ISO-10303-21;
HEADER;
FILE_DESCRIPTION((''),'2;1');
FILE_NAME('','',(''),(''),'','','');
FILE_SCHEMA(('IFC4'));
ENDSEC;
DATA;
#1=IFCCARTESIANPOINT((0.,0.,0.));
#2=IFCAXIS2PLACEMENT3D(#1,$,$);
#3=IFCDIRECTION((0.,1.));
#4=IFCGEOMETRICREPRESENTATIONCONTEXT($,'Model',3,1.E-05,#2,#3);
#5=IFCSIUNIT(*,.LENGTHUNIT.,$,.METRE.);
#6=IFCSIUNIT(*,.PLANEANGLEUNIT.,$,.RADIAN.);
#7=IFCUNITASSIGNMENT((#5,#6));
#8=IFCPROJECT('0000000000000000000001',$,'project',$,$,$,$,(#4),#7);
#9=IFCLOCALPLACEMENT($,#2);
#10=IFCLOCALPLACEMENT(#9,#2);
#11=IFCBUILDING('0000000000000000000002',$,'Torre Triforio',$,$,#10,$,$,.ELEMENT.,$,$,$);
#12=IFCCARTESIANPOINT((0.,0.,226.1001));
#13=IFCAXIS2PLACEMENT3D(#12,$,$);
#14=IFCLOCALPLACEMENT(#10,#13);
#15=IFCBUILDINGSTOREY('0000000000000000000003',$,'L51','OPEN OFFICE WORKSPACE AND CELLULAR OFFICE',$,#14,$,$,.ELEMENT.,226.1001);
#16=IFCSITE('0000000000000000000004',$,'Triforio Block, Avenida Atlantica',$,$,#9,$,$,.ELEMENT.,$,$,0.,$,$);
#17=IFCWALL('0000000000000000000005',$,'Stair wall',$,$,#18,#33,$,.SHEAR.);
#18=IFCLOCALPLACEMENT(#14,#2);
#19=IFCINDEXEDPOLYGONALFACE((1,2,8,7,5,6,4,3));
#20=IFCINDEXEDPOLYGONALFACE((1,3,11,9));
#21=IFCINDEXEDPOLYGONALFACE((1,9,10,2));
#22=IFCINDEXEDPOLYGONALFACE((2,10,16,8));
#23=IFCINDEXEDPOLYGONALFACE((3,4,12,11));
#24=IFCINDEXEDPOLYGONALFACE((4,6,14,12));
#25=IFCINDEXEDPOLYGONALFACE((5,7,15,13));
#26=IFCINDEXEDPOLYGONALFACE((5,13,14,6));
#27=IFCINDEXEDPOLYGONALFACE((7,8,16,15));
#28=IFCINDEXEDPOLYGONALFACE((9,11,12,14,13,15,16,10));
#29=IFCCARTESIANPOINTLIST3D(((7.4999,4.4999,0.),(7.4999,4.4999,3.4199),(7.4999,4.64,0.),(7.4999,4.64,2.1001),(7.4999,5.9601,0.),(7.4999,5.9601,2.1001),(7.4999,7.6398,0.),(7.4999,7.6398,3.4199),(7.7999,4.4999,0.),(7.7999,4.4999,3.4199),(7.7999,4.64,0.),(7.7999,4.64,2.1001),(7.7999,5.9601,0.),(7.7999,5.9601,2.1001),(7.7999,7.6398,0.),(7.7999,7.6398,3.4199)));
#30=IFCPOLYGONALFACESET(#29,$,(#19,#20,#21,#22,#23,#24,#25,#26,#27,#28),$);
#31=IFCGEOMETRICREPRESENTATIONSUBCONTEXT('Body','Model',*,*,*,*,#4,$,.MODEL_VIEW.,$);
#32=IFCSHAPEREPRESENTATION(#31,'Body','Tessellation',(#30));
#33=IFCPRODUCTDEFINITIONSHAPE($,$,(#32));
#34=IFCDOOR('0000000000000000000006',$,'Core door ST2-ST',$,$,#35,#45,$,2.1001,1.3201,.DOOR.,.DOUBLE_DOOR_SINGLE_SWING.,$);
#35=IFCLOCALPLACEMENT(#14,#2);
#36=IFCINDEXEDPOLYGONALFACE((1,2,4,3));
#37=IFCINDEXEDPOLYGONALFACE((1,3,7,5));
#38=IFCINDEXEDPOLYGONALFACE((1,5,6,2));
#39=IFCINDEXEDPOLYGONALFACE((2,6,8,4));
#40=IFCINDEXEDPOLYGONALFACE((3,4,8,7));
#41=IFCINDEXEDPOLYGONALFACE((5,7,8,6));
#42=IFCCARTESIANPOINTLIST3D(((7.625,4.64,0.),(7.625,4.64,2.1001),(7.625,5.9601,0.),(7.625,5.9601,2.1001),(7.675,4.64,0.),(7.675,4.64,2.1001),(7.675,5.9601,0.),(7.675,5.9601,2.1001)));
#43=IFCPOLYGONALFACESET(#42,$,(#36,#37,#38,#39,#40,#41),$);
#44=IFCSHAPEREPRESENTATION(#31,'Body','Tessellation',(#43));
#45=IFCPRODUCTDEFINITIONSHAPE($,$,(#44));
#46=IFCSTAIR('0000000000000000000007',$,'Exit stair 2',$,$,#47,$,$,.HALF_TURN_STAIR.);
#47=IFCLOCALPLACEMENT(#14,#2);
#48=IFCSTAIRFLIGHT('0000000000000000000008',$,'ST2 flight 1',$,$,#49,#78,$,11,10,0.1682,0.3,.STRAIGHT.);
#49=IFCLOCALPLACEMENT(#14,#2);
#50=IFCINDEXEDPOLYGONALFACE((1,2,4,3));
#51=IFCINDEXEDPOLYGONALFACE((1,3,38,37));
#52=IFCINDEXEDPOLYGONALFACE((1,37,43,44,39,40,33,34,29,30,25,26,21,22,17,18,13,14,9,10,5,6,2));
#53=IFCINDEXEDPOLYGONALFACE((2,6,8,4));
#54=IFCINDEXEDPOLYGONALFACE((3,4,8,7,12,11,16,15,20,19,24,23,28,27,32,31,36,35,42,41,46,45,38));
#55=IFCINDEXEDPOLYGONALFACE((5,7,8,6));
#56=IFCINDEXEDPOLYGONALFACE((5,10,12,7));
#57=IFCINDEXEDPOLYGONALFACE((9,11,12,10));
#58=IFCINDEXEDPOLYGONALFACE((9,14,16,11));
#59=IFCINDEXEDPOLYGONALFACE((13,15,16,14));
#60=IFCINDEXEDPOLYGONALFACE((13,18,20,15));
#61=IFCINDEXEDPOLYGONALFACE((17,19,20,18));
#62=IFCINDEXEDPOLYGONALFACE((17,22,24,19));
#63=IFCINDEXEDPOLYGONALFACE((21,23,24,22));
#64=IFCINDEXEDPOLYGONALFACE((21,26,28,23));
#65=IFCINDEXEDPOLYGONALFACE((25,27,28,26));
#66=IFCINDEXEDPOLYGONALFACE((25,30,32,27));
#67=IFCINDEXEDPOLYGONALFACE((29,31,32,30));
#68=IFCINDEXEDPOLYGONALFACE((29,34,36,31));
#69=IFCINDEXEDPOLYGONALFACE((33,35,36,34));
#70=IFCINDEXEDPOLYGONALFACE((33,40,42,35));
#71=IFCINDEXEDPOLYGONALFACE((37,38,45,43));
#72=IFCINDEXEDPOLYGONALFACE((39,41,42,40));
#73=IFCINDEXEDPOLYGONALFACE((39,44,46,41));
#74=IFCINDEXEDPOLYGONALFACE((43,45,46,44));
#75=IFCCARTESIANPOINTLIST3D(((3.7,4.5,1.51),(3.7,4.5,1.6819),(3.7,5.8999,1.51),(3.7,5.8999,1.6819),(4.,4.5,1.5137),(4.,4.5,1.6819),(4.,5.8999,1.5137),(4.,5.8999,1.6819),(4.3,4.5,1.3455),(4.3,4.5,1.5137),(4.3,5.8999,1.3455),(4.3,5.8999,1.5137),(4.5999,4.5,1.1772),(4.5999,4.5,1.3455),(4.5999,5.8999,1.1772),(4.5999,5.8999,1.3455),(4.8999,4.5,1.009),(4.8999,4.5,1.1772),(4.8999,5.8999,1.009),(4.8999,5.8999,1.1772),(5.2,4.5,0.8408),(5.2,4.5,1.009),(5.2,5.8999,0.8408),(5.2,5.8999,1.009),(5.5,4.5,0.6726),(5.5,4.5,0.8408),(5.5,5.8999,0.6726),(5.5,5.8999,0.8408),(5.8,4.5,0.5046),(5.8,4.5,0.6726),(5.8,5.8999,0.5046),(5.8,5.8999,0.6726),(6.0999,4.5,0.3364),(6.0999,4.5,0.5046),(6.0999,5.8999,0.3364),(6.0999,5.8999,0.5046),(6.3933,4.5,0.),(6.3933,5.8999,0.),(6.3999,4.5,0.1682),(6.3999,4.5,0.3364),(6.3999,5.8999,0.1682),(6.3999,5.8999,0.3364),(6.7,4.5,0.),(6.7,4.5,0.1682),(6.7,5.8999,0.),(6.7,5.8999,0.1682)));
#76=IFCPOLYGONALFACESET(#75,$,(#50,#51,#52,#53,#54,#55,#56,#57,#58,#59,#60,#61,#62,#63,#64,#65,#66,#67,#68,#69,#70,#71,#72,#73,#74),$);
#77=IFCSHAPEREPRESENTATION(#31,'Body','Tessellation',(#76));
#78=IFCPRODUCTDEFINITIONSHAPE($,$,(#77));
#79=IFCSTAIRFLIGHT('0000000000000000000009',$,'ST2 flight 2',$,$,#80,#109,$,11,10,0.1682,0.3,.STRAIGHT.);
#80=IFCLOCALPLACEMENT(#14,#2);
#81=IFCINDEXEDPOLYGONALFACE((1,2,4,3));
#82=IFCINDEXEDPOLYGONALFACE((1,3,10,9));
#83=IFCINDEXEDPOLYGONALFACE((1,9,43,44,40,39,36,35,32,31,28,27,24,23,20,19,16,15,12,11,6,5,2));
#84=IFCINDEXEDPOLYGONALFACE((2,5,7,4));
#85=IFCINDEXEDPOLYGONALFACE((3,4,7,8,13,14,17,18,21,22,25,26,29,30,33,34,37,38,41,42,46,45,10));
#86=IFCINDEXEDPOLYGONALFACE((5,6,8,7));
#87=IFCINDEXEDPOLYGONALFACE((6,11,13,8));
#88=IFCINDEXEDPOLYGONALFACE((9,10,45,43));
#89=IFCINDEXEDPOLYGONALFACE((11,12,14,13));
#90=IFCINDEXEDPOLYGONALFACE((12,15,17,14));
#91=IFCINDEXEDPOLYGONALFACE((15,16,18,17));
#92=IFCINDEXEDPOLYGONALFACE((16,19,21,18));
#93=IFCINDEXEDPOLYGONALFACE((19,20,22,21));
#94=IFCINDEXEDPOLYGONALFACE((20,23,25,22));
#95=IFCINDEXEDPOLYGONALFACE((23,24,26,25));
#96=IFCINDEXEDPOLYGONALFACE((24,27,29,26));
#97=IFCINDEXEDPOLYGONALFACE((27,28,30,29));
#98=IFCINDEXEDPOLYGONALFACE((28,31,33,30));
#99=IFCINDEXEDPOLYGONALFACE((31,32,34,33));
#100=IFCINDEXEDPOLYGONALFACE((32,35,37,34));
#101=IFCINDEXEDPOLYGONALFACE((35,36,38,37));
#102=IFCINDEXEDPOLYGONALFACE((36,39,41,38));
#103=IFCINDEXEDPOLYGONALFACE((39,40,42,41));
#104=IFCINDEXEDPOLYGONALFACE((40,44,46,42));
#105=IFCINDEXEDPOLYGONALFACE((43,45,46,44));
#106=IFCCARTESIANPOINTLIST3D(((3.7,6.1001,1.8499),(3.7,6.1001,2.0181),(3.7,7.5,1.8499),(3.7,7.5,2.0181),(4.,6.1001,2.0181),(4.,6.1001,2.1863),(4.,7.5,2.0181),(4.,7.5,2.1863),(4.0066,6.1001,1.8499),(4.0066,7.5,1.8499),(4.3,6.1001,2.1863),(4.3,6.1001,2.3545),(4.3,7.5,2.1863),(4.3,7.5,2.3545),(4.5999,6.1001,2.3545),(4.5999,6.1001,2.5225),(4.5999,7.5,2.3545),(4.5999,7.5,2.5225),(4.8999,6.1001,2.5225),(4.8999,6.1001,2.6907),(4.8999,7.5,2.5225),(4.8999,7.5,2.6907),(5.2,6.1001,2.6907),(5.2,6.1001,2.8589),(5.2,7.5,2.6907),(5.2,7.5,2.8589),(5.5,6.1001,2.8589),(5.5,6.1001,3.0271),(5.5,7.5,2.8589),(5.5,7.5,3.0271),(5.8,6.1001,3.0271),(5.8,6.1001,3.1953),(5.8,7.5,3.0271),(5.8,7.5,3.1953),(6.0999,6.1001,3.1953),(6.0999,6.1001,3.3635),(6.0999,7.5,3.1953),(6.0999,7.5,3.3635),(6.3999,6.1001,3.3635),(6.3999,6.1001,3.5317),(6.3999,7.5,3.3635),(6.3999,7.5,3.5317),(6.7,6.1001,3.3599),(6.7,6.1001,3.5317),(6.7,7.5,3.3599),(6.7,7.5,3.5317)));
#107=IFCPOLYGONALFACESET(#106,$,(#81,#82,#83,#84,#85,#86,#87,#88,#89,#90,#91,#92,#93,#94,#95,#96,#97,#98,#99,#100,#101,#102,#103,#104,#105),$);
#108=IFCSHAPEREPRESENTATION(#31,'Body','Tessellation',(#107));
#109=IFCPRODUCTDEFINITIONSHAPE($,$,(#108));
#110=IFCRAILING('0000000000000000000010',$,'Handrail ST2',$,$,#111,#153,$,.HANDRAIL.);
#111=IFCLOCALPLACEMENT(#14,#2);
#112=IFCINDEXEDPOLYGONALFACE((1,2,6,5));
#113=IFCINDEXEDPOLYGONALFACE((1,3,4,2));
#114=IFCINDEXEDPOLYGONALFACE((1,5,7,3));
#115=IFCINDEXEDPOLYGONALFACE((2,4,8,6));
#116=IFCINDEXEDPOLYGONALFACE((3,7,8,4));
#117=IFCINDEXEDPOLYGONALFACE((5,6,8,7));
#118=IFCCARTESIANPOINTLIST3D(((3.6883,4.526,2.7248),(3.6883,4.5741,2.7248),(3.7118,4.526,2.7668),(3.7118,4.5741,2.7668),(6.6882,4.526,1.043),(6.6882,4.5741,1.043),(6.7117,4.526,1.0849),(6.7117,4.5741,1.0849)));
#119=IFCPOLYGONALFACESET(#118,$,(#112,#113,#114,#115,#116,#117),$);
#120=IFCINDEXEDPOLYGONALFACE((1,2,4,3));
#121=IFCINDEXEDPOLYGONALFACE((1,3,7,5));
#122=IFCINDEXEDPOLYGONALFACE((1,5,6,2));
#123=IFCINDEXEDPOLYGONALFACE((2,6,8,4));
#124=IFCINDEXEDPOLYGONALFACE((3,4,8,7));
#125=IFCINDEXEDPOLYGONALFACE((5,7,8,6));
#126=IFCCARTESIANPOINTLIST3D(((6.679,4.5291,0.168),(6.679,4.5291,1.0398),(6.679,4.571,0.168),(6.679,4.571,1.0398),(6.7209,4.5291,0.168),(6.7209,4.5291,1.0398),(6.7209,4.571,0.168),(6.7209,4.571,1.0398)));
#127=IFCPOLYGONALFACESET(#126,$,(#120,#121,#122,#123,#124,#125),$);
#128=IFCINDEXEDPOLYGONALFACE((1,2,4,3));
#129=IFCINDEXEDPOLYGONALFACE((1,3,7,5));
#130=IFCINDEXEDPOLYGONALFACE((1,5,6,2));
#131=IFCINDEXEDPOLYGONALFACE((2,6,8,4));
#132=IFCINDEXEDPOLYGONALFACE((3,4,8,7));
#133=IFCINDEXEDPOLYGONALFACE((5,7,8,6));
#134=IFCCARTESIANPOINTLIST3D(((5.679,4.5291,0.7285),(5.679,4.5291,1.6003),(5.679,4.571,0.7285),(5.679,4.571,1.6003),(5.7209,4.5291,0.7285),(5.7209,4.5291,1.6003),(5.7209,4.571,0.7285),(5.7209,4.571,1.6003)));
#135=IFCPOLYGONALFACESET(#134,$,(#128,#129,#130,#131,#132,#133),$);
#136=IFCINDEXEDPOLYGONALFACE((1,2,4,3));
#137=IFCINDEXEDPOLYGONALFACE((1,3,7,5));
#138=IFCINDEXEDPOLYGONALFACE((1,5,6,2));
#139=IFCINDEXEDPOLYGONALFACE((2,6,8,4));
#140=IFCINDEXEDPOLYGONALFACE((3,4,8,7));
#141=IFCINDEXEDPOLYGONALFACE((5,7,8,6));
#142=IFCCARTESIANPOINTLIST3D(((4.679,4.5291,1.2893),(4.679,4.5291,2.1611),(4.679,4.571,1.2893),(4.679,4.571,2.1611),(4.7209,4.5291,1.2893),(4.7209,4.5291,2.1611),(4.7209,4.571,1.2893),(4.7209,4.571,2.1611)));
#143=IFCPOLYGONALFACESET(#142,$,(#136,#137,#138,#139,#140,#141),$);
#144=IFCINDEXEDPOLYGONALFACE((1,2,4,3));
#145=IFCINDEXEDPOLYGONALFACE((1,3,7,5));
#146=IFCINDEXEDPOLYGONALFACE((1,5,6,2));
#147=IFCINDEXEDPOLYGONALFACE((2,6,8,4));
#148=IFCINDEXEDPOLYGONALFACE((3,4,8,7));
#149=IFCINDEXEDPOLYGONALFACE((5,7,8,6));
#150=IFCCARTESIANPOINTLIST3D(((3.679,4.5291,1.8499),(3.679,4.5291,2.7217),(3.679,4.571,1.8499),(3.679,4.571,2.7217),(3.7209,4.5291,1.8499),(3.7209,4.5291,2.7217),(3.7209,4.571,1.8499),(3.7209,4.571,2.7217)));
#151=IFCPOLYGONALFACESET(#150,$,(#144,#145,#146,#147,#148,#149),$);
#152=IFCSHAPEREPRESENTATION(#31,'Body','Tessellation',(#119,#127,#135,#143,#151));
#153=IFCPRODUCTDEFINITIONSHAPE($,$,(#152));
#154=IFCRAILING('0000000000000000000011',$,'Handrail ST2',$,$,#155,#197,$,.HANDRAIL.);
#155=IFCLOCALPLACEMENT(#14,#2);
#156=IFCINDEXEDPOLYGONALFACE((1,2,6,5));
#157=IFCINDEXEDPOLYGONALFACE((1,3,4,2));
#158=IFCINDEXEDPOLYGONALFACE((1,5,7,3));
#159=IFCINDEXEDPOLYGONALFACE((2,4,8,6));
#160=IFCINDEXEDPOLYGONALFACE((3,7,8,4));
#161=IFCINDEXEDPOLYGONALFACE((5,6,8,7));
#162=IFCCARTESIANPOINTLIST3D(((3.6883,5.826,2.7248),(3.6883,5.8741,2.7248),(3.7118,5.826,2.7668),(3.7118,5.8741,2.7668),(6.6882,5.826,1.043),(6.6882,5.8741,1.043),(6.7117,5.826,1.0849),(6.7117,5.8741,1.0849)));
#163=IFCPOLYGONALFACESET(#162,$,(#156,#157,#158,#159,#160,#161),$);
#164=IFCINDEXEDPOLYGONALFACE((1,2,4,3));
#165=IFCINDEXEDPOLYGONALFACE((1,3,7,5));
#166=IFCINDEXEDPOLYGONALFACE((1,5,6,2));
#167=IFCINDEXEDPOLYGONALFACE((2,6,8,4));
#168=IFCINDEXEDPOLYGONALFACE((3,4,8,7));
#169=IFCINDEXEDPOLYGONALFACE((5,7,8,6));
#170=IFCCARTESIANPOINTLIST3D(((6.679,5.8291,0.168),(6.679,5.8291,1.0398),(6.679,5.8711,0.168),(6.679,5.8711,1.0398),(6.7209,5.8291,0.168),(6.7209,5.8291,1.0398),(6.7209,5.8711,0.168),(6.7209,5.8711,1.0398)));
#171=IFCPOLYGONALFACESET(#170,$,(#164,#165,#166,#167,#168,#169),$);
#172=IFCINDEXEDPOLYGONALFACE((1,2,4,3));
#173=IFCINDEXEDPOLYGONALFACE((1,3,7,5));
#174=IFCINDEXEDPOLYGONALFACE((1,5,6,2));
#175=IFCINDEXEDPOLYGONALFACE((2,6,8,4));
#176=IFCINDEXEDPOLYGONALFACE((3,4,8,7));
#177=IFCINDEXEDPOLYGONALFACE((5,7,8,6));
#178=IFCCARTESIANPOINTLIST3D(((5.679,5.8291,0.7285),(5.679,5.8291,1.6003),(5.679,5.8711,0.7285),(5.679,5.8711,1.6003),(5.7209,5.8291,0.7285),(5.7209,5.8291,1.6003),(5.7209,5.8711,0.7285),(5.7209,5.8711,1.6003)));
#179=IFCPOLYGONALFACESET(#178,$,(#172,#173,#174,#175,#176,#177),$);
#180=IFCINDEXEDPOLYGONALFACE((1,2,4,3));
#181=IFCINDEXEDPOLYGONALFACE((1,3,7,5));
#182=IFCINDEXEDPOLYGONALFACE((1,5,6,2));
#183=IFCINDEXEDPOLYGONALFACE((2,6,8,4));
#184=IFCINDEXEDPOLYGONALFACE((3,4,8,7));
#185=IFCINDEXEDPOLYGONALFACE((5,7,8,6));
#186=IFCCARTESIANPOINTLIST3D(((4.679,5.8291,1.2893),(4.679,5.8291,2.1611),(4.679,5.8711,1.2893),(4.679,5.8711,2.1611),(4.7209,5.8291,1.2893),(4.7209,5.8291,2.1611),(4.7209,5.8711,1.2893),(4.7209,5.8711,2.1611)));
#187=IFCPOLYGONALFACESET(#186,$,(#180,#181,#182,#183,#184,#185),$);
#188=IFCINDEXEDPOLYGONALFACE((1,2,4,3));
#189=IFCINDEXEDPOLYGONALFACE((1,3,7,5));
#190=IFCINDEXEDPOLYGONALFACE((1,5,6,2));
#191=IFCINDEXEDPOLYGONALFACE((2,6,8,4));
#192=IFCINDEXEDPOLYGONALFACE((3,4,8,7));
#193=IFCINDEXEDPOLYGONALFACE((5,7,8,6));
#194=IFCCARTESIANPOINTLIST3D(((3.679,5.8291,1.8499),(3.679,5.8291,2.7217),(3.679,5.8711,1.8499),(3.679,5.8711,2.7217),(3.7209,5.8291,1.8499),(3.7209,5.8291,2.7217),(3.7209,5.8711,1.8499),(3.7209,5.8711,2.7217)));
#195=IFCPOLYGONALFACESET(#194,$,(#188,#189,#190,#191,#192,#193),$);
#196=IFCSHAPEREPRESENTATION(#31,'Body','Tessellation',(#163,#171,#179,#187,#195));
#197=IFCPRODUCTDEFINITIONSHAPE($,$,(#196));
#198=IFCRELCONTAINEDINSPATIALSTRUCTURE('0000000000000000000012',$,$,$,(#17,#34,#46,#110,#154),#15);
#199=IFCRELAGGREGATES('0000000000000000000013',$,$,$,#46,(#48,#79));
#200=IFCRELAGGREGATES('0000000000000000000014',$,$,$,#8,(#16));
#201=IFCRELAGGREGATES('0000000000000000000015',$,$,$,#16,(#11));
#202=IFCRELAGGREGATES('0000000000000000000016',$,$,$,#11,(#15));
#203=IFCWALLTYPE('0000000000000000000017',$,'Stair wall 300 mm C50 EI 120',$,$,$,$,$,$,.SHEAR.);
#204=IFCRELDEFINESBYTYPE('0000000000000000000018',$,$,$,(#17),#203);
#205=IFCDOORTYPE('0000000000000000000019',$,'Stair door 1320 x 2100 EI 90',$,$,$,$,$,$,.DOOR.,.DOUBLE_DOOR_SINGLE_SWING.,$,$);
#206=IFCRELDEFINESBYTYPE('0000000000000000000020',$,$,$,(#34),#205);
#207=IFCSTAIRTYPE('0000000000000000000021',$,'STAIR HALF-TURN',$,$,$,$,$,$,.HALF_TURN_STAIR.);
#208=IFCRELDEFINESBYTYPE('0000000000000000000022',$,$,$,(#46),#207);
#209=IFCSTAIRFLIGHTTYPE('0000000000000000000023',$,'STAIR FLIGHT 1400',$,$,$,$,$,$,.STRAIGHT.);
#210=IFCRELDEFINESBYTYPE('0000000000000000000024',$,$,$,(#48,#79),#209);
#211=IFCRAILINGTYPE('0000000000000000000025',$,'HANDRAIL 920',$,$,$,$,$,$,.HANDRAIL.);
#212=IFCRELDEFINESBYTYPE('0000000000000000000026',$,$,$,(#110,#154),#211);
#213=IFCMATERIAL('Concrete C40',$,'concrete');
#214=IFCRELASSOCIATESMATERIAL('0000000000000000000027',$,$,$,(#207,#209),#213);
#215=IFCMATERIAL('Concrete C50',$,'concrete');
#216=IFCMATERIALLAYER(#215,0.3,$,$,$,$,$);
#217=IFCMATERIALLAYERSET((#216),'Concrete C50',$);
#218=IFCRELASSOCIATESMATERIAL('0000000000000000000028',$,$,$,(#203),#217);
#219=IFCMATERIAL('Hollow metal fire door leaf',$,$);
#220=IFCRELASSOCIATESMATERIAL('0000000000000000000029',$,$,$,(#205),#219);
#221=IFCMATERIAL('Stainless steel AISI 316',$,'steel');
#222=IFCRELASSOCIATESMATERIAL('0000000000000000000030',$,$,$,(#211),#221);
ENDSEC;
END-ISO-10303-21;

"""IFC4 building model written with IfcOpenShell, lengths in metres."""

from ifc_helpers import new_model, si_unit, direction, frame, frame_2d, origin, origin_2d, place, context, subcontext, project, spatial, polyline, rectangle, outline, extrude, material, layer, layer_set, type_object, element, fill, aggregate, save


model = new_model("IFC4")

# Units and contexts
model_context = context("Model", 3, precision=1e-05, world=origin(), true_north=direction((0.0, 1.0)))
body_context = subcontext(model_context, "Body", "Model", "MODEL_VIEW")
ifc_project = project(units=[si_unit("LENGTHUNIT", "METRE"), si_unit("PLANEANGLEUNIT", "RADIAN")], contexts=[model_context])

# Site, building, storey
site_placement = place(None, origin())
site = spatial("IfcSite", under=ifc_project, at=site_placement, Name="Triforio Block, Avenida Atlantica", CompositionType="ELEMENT", RefElevation=0.0)
building_placement = place(site_placement, origin())
building = spatial("IfcBuilding", under=site, at=building_placement, Name="Torre Triforio", CompositionType="ELEMENT")
storey_placement = place(building_placement, frame((0.0, 0.0, 226.1001)))
storey = spatial("IfcBuildingStorey", under=building, at=storey_placement, Name="L51", Description="OPEN OFFICE WORKSPACE AND CELLULAR OFFICE", CompositionType="ELEMENT", Elevation=226.1001)

# Shared definitions
ifc_material_1 = material(Name="Concrete C40", Category="concrete")
stair_type = type_object("IfcStairType", Name="STAIR HALF-TURN", PredefinedType="HALF_TURN_STAIR", material=ifc_material_1)

# Shared definitions
ifc_material_2 = material(Name="Concrete C50", Category="concrete")

# Shared definitions
ifc_material_3 = material(Name="Hollow metal fire door leaf")

# Wall, opening, door
ifc_layer_1 = layer(ifc_material_2, 0.3)
ifc_layer_set_1 = layer_set([ifc_layer_1], Name="Concrete C50")
wall_type_1 = type_object("IfcWallType", Name="Stair wall 300 mm C50 EI 120", PredefinedType="SHEAR", material=ifc_layer_set_1)
wall_1_placement = place(storey_placement, frame((7.6499, 4.5, 0.0), z_axis=(0.0, 0.0, 1.0), x_axis=(0.0, 1.0, 0.0)))
wall_1 = element("IfcWall", 1, at=wall_1_placement, inside=storey, type_object=wall_type_1, Name="Stair wall", PredefinedType="SHEAR", context=body_context, shape_type="SweptSolid", body=[
    extrude(rectangle(XDim=3.1399, YDim=0.3, at=frame_2d((1.5698, 0.0))), origin(), (0.0, 0.0, 1.0), 3.4199),
])
opening_1_placement = place(wall_1_placement, frame((0.1399, 0.0, 0.0)))
opening_1 = element("IfcOpeningElement", 2, at=opening_1_placement, cuts=wall_1, PredefinedType="OPENING", context=body_context, shape_type="SweptSolid", body=[
    extrude(rectangle(XDim=1.3201, YDim=2.1001, at=frame_2d((0.6602, 1.05))), frame((0.0, 0.1599, 0.0), z_axis=(0.0, -1.0, 0.0), x_axis=(1.0, 0.0, 0.0)), (0.0, 0.0, 1.0), 0.3201),
])
door_type_1 = type_object("IfcDoorType", Name="Stair door 1320 x 2100 EI 90", OperationType="DOUBLE_DOOR_SINGLE_SWING", PredefinedType="DOOR", material=ifc_material_3)
door_1_placement = place(opening_1_placement, origin())
door_1 = element("IfcDoor", 3, at=door_1_placement, inside=storey, type_object=door_type_1, Name="Core door ST2-ST", OperationType="DOUBLE_DOOR_SINGLE_SWING", OverallHeight=2.1001, OverallWidth=1.3201, PredefinedType="DOOR", context=body_context, shape_type="SweptSolid", body=[
    extrude(rectangle(XDim=1.3201, YDim=2.1001, at=frame_2d((0.6602, 1.05))), frame((0.0, 0.0249, 0.0), z_axis=(0.0, -1.0, 0.0), x_axis=(1.0, 0.0, 0.0)), (0.0, 0.0, 1.0), 0.05),
])
fill(opening_1, door_1)

# Stair, stair flights
stair_1_placement = place(storey_placement, origin())
stair_1 = element("IfcStair", 4, at=stair_1_placement, inside=storey, type_object=stair_type, Name="Exit stair 2", PredefinedType="HALF_TURN_STAIR")
stair_flight_type = type_object("IfcStairFlightType", Name="STAIR FLIGHT 1400", PredefinedType="STRAIGHT", material=ifc_material_1)
stair_flight_1_placement = place(storey_placement, frame((6.7, 5.2, 0.0), z_axis=(0.0, 0.0, 1.0), x_axis=(-1.0, 0.0, 0.0)))
stair_flight_1 = element("IfcStairFlight", 5, at=stair_flight_1_placement, type_object=stair_flight_type, Name="ST2 flight 1", NumberOfRisers=11, NumberOfTreads=10, PredefinedType="STRAIGHT", RiserHeight=0.1682, TreadLength=0.3, context=body_context, shape_type="SweptSolid", body=[
    extrude(outline(polyline([(0.0, 0.0), (0.0, 0.1682), (0.3, 0.1682), (0.3, 0.3364), (0.6001, 0.3364), (0.6001, 0.5046), (0.8999, 0.5046), (0.8999, 0.6726), (1.2, 0.6726), (1.2, 0.8408), (1.5, 0.8408), (1.5, 1.009), (1.8, 1.009), (1.8, 1.1772), (2.1001, 1.1772), (2.1001, 1.3455), (2.3999, 1.3455), (2.3999, 1.5137), (2.7, 1.5137), (2.7, 1.6819), (3.0, 1.6819), (3.0, 1.8501), (3.0, 1.51), (0.3066, 0.0), (0.0, 0.0)])), frame((0.0, 0.7, 0.0), z_axis=(0.0, -1.0, 0.0), x_axis=(1.0, 0.0, 0.0)), (0.0, 0.0, 1.0), 1.3999),
])
stair_flight_2_placement = place(storey_placement, frame((3.7, 6.8, 1.8499), z_axis=(0.0, 0.0, 1.0), x_axis=(1.0, 0.0, 0.0)))
stair_flight_2 = element("IfcStairFlight", 6, at=stair_flight_2_placement, type_object=stair_flight_type, Name="ST2 flight 2", NumberOfRisers=11, NumberOfTreads=10, PredefinedType="STRAIGHT", RiserHeight=0.1682, TreadLength=0.3, context=body_context, shape_type="SweptSolid", body=[
    extrude(outline(polyline([(0.0, 0.0), (0.0, 0.1682), (0.3, 0.1682), (0.3, 0.3364), (0.6001, 0.3364), (0.6001, 0.5046), (0.8999, 0.5046), (0.8999, 0.6726), (1.2, 0.6726), (1.2, 0.8408), (1.5, 0.8408), (1.5, 1.009), (1.8, 1.009), (1.8, 1.1772), (2.1001, 1.1772), (2.1001, 1.3455), (2.3999, 1.3455), (2.3999, 1.5137), (2.7, 1.5137), (2.7, 1.6819), (3.0, 1.6819), (3.0, 1.8501), (3.0, 1.51), (0.3066, 0.0), (0.0, 0.0)])), frame((0.0, 0.7, 0.0), z_axis=(0.0, -1.0, 0.0), x_axis=(1.0, 0.0, 0.0)), (0.0, 0.0, 1.0), 1.3999),
])
aggregate(stair_1, [stair_flight_1, stair_flight_2])

# Railings
ifc_material_4 = material(Name="Stainless steel AISI 316", Category="steel")
railing_type = type_object("IfcRailingType", Name="HANDRAIL 920", PredefinedType="HANDRAIL", material=ifc_material_4)
for number, where, name in (
    (7, (6.7, 4.55, 0.168), "Handrail ST2"),
    (8, (6.7, 5.8501, 0.168), "Handrail ST2"),
):
    element("IfcRailing", number, at=place(storey_placement, frame(where)), inside=storey, type_object=railing_type, Name=name, PredefinedType="HANDRAIL", context=body_context, shape_type="SweptSolid", body=[
        extrude(rectangle(XDim=0.0481, YDim=0.0481, at=origin_2d()), frame((0.0, 0.0, 0.896), z_axis=(-0.872272, 0.0, 0.48902), x_axis=(0.0, -1.0, 0.0)), (0.0, 0.0, 1.0), 3.4392),
        extrude(rectangle(XDim=0.042, YDim=0.042, at=origin_2d()), origin(), (0.0, 0.0, 1.0), 0.8718),
        extrude(rectangle(XDim=0.042, YDim=0.042, at=origin_2d()), frame((-1.0, 0.0, 0.5605)), (0.0, 0.0, 1.0), 0.8718),
        extrude(rectangle(XDim=0.042, YDim=0.042, at=origin_2d()), frame((-2.0, 0.0, 1.1213)), (0.0, 0.0, 1.0), 0.8718),
        extrude(rectangle(XDim=0.042, YDim=0.042, at=origin_2d()), frame((-3.0, 0.0, 1.6819)), (0.0, 0.0, 1.0), 0.8718),
    ])

save(model, "model.ifc")
